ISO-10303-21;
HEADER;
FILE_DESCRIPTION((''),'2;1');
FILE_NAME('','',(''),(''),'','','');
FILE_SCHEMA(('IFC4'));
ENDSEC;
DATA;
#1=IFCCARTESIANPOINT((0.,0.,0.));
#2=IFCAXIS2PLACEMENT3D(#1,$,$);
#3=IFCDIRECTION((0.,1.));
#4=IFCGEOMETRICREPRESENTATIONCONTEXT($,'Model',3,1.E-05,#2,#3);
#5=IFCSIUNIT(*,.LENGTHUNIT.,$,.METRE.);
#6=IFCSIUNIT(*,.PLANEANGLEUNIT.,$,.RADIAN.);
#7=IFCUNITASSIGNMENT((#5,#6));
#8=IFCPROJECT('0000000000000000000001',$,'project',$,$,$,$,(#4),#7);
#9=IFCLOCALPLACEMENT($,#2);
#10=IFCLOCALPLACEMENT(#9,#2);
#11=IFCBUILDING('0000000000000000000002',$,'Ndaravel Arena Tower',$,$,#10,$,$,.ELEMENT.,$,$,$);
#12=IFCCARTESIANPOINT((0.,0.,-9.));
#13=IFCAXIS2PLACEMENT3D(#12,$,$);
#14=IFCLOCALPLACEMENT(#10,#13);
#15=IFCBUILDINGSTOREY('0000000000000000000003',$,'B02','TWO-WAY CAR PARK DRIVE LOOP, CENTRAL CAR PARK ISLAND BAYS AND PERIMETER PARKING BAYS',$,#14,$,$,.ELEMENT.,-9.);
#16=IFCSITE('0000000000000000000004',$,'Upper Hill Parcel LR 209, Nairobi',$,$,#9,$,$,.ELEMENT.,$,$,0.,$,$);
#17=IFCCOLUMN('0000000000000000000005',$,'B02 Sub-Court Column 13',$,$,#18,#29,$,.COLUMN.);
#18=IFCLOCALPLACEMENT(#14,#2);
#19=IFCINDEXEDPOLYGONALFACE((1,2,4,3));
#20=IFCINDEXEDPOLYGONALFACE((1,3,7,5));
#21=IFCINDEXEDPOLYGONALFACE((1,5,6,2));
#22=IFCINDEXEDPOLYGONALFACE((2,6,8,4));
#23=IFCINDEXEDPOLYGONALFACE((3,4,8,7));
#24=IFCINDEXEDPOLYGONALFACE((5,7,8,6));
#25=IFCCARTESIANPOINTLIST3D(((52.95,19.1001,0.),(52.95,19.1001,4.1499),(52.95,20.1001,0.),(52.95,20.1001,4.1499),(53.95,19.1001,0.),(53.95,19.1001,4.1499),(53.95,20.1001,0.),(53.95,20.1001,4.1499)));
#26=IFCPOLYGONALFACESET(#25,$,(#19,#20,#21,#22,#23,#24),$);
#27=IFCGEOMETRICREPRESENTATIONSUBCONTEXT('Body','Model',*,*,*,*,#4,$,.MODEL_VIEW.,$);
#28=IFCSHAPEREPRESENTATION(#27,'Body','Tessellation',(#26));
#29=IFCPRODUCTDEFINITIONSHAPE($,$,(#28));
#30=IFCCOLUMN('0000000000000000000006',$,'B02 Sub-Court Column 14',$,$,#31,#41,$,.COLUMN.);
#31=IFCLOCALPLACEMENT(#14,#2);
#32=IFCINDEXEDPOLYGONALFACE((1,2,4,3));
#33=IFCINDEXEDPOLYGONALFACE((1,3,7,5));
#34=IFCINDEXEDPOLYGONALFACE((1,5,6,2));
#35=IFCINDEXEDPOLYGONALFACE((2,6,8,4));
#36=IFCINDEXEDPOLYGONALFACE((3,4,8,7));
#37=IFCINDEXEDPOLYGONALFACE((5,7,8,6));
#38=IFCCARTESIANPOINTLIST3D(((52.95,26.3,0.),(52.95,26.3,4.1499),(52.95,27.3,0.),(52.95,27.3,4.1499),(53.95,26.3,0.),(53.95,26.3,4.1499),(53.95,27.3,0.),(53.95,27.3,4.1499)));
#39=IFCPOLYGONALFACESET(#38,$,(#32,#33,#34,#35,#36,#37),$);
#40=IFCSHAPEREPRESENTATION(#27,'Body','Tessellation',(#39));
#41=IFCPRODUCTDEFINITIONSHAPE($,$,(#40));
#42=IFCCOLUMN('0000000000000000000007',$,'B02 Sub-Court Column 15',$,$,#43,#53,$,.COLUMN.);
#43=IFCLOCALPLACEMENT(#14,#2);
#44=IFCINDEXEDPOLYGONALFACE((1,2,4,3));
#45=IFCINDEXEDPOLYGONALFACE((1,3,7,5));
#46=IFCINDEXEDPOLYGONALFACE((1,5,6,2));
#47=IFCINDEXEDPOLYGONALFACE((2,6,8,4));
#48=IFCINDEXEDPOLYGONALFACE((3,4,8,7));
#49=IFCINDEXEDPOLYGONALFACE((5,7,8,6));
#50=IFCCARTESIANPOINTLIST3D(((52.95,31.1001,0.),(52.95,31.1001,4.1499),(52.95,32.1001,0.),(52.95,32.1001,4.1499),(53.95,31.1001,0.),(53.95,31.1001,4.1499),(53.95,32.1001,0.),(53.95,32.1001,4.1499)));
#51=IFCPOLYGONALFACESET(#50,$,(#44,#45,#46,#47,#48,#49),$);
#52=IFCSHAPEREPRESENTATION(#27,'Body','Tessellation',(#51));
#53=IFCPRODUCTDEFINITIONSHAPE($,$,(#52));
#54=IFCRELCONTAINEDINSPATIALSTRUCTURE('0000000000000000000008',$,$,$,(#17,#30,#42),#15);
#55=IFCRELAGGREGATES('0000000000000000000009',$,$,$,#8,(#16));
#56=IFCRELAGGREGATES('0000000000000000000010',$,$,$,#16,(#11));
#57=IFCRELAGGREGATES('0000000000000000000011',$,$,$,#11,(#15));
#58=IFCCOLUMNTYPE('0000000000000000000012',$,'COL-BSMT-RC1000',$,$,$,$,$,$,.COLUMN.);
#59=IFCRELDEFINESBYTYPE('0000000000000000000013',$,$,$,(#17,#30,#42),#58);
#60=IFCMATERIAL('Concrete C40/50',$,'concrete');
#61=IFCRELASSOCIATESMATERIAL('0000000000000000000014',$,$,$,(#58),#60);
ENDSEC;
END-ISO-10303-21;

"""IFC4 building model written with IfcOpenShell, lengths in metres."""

from ifc_helpers import new_model, si_unit, direction, frame, origin, origin_2d, place, context, subcontext, project, spatial, rectangle, extrude, material, material_profile, profile_set, type_object, element, save


model = new_model("IFC4")

# Units and contexts
model_context = context("Model", 3, precision=1e-05, world=origin(), true_north=direction((0.0, 1.0)))
body_context = subcontext(model_context, "Body", "Model", "MODEL_VIEW")
ifc_project = project(units=[si_unit("LENGTHUNIT", "METRE"), si_unit("PLANEANGLEUNIT", "RADIAN")], contexts=[model_context])

# Site, building, storey
site_placement = place(None, origin())
site = spatial("IfcSite", under=ifc_project, at=site_placement, Name="Upper Hill Parcel LR 209, Nairobi", CompositionType="ELEMENT", RefElevation=0.0)
building_placement = place(site_placement, origin())
building = spatial("IfcBuilding", under=site, at=building_placement, Name="Ndaravel Arena Tower", CompositionType="ELEMENT")
storey_placement = place(building_placement, frame((0.0, 0.0, -9.0)))
storey = spatial("IfcBuildingStorey", under=building, at=storey_placement, Name="B02", Description="TWO-WAY CAR PARK DRIVE LOOP, CENTRAL CAR PARK ISLAND BAYS AND PERIMETER PARKING BAYS", CompositionType="ELEMENT", Elevation=-9.0)

# Columns
ifc_material_1 = material(Name="Concrete C40/50", Category="concrete")
ifc_material_profile_1 = material_profile(ifc_material_1, rectangle(XDim=1.0, YDim=1.0, at=origin_2d()), Name="RC 1000x1000")
ifc_profile_set_1 = profile_set([ifc_material_profile_1], Name="Concrete C40/50")
column_type = type_object("IfcColumnType", Name="COL-BSMT-RC1000", PredefinedType="COLUMN", material=ifc_profile_set_1)
for number, where, z_axis, x_axis, name in (
    (1, (53.45, 19.6001, 0.0), (0.0, 0.0, 1.0), (1.0, 0.0, 0.0), "B02 Sub-Court Column 13"),
    (2, (53.45, 26.8, 0.0), (0.0, 0.0, 1.0), (1.0, 0.0, 0.0), "B02 Sub-Court Column 14"),
    (3, (53.45, 31.6001, 0.0), (0.0, 0.0, 1.0), (1.0, 0.0, 0.0), "B02 Sub-Court Column 15"),
):
    element("IfcColumn", number, at=place(storey_placement, frame(where, z_axis=z_axis, x_axis=x_axis)), inside=storey, type_object=column_type, Name=name, PredefinedType="COLUMN", context=body_context, shape_type="SweptSolid", body=[
        extrude(rectangle(XDim=1.0, YDim=1.0, at=origin_2d()), origin(), (0.0, 0.0, 1.0), 4.1499),
    ])

save(model, "model.ifc")
